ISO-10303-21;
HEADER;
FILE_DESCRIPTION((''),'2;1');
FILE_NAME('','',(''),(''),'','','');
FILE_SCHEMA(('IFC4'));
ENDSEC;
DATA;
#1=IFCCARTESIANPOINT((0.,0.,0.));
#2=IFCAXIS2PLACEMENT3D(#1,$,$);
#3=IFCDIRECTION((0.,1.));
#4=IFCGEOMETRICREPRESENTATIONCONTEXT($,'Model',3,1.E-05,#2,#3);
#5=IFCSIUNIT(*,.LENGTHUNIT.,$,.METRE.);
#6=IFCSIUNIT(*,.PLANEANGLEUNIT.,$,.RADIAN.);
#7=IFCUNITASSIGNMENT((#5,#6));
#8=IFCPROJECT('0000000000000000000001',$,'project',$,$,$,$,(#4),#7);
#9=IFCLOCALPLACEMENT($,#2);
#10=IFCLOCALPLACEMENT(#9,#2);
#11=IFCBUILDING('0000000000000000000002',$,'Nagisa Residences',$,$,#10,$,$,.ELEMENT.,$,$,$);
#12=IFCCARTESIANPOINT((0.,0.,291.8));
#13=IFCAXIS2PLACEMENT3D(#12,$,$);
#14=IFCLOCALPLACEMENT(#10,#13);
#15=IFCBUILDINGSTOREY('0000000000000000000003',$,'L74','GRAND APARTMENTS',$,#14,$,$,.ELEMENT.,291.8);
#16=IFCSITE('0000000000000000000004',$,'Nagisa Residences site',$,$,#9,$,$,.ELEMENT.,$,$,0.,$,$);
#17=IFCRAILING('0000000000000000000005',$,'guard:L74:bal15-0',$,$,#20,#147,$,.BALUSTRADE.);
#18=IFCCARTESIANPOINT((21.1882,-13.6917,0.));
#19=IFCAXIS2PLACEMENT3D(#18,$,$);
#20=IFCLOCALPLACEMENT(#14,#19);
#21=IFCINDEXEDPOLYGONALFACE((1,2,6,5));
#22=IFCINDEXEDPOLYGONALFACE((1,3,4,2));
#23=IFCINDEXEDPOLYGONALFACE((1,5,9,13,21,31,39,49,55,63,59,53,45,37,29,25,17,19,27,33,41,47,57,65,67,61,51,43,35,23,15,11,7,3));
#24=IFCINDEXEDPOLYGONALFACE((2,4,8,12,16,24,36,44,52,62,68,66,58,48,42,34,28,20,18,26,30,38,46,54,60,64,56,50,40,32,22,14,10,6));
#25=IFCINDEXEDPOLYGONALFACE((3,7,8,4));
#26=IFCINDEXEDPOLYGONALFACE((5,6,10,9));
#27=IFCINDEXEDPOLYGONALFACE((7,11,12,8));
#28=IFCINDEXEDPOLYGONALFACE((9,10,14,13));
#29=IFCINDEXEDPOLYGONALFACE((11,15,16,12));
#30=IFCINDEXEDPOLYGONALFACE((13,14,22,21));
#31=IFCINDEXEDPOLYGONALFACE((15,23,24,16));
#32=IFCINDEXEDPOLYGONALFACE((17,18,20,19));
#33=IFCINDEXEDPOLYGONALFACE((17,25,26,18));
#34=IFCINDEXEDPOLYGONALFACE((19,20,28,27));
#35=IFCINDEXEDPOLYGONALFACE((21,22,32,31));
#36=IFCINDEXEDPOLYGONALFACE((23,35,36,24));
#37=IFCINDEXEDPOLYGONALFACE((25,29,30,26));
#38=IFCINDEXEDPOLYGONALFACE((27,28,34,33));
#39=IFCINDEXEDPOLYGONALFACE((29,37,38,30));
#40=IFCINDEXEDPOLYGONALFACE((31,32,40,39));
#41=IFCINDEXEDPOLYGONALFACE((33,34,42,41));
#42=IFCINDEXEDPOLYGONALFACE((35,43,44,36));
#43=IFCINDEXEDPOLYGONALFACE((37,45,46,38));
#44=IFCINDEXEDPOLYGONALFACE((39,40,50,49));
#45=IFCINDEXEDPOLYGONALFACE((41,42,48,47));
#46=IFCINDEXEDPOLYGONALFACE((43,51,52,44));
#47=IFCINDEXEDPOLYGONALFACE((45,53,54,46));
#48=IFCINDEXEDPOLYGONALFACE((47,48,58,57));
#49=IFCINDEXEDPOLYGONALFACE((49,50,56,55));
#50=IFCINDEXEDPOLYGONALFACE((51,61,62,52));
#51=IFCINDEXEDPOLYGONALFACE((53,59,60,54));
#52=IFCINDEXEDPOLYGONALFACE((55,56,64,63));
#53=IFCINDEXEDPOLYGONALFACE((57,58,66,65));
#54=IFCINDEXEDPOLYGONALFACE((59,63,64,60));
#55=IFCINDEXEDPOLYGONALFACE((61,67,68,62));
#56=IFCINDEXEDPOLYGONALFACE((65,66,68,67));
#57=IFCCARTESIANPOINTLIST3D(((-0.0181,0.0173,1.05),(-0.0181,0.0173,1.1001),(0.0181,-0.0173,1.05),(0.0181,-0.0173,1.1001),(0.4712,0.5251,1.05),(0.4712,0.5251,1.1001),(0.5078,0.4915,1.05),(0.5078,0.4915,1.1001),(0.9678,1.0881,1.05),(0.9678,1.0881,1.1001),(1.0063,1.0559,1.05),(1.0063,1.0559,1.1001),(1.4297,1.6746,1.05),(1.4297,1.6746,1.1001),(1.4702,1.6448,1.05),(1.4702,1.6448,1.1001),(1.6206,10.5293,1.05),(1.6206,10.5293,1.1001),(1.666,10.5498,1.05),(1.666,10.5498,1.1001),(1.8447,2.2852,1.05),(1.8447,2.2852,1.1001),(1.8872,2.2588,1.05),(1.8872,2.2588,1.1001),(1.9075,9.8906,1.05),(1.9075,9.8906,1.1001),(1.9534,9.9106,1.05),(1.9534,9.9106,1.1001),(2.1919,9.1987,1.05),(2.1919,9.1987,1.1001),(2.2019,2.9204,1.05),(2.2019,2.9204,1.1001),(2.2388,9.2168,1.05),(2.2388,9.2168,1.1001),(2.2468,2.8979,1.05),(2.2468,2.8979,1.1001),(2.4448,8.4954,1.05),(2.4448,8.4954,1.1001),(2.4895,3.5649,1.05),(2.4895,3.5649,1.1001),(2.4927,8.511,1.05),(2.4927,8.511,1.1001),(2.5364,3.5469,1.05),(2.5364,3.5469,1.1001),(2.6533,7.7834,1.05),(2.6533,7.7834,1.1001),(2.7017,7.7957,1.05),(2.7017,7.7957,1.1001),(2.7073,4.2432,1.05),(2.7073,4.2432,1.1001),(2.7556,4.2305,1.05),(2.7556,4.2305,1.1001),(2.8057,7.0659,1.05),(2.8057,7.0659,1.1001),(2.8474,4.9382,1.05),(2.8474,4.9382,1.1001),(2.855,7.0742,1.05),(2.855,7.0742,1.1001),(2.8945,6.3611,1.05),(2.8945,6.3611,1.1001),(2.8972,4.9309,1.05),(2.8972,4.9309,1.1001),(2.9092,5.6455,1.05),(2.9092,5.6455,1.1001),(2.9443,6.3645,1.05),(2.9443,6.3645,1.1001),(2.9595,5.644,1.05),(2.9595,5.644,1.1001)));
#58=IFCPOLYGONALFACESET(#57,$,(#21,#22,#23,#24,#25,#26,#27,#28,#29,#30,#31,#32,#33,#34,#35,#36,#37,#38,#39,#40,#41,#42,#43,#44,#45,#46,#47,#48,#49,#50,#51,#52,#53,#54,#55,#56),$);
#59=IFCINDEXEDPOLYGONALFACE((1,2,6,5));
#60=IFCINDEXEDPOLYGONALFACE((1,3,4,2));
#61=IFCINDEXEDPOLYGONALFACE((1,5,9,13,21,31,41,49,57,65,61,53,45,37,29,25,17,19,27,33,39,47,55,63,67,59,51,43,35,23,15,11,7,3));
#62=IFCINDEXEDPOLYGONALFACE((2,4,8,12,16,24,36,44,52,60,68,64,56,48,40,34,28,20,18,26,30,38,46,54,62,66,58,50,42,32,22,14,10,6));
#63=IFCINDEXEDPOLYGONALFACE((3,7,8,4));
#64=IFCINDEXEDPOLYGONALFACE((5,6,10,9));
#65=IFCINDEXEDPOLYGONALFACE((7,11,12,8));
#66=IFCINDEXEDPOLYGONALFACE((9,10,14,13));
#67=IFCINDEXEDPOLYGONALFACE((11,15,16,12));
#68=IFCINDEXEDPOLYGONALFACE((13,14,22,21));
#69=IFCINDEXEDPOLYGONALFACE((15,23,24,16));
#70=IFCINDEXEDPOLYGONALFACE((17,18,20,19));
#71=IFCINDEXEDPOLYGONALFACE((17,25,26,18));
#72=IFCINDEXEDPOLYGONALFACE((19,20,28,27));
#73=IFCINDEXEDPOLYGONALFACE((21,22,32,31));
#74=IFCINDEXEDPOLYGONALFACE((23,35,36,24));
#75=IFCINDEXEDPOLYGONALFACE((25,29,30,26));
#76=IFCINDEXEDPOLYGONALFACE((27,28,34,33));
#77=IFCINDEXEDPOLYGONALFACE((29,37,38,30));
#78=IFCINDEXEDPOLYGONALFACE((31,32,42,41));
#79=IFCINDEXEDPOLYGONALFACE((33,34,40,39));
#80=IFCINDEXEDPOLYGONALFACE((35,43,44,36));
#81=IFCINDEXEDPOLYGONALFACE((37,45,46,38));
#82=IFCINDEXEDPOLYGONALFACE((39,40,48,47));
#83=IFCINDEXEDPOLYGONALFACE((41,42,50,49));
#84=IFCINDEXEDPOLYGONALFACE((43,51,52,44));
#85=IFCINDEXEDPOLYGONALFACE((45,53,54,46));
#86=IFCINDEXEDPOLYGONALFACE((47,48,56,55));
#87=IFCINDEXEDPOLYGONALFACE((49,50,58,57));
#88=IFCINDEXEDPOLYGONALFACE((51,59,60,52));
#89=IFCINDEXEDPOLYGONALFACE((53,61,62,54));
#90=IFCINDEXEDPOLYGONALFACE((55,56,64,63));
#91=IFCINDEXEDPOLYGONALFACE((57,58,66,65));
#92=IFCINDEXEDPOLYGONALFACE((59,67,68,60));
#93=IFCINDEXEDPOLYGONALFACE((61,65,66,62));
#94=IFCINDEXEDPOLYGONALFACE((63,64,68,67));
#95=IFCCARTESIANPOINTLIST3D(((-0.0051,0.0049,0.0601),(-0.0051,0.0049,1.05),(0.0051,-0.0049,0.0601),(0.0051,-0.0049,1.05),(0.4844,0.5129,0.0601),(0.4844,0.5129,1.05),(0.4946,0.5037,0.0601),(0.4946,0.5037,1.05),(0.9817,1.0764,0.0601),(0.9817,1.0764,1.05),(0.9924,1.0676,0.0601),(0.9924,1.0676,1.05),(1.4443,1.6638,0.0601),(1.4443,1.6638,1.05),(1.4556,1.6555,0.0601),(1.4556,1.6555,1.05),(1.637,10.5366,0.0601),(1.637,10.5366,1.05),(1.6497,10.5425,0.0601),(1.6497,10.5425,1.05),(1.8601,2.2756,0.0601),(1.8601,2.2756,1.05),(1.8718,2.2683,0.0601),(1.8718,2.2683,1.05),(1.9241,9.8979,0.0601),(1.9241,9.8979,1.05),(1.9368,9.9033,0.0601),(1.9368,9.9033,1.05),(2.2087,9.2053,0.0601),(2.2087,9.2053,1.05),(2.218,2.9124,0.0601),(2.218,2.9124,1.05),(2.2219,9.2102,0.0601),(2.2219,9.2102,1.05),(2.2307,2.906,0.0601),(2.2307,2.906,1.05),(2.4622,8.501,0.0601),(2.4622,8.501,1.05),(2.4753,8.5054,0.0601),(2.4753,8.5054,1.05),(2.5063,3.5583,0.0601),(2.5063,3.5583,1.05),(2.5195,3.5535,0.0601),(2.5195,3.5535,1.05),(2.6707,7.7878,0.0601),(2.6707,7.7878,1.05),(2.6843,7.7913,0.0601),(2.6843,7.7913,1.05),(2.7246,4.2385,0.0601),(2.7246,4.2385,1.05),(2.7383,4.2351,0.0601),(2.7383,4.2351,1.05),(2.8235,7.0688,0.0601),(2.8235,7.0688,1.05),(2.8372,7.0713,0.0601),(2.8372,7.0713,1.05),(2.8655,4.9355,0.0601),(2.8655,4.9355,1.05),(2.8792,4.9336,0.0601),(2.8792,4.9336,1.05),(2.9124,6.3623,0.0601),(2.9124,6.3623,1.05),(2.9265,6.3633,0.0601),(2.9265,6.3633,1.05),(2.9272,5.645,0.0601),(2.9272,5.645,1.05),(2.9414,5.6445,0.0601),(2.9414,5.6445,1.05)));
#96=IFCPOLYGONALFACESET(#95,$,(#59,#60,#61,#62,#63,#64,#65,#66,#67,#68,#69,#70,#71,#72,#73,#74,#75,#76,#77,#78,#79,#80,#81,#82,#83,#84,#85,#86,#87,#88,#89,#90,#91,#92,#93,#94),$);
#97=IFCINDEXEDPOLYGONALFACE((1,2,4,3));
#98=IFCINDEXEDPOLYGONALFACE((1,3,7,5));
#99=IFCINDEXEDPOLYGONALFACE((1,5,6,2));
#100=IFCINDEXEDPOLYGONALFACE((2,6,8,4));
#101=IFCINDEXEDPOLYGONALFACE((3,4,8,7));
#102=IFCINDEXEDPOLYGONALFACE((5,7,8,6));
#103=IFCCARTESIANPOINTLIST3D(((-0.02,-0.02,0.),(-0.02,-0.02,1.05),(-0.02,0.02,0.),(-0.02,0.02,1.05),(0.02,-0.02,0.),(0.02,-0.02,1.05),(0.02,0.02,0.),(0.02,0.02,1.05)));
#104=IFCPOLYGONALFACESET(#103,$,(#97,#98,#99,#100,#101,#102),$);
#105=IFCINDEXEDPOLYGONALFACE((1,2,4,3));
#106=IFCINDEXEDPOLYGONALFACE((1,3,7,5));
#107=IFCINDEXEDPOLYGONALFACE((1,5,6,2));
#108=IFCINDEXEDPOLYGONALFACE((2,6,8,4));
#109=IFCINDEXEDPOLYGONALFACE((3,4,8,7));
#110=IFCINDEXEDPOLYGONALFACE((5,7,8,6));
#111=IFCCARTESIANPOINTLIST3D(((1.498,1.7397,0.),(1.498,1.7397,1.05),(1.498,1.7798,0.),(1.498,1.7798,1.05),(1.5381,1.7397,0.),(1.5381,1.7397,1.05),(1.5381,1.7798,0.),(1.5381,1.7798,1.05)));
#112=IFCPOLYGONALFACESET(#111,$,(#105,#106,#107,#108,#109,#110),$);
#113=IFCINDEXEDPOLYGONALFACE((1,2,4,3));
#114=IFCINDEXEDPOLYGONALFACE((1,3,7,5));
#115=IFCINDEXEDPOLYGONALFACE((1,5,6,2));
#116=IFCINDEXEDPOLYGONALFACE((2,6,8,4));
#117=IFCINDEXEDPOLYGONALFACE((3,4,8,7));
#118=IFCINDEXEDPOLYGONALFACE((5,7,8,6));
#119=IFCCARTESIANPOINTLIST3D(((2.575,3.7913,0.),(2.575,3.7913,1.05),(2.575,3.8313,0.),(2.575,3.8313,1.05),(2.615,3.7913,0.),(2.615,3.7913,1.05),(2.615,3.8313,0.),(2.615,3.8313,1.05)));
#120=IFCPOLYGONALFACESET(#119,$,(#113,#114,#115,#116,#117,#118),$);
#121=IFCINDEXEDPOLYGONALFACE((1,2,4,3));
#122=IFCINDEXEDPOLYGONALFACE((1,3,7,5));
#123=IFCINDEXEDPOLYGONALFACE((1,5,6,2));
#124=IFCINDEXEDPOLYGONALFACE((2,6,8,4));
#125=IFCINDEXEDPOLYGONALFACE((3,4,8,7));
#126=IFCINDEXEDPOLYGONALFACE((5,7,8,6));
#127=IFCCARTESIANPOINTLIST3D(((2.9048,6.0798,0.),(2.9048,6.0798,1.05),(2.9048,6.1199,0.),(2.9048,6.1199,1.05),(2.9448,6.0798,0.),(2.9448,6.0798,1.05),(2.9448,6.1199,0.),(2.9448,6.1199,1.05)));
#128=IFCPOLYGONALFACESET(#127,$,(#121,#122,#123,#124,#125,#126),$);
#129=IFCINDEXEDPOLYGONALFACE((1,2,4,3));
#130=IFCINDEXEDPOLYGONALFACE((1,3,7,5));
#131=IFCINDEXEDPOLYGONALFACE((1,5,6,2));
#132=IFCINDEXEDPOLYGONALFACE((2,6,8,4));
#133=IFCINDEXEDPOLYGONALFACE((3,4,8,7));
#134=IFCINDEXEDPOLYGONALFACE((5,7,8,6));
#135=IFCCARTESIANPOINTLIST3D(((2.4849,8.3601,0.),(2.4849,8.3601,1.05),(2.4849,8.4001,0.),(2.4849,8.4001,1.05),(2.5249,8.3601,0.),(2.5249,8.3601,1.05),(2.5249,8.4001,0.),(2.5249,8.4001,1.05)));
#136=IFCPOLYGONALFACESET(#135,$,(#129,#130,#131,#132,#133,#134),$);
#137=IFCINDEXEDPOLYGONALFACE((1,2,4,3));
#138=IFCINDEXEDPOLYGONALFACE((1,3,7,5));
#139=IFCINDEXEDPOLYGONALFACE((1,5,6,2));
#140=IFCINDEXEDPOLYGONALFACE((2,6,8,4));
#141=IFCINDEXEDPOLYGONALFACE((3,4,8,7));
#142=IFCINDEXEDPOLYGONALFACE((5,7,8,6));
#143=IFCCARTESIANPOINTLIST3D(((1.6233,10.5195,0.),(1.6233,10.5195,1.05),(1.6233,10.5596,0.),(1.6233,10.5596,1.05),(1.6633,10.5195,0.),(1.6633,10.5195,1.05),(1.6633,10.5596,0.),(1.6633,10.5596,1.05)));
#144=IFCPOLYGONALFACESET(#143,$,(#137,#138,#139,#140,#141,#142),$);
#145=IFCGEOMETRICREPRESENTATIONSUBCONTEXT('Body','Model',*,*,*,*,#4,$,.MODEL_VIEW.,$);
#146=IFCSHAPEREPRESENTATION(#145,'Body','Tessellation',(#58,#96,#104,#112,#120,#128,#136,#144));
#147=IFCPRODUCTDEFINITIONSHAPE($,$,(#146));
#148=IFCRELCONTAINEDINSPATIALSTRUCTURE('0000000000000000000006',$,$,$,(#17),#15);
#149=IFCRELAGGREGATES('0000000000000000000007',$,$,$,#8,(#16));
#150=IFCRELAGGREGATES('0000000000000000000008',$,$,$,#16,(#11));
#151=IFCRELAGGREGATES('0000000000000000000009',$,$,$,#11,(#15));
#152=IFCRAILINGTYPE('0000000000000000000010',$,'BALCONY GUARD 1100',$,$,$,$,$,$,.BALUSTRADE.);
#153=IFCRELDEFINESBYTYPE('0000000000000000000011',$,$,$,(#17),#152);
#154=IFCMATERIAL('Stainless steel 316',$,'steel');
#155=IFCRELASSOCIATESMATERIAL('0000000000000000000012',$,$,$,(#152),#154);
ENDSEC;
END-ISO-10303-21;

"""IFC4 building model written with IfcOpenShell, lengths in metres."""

from ifc_helpers import new_model, si_unit, direction, frame, origin, origin_2d, place, context, subcontext, project, spatial, polyline, rectangle, outline, extrude, material, type_object, element, save


model = new_model("IFC4")

# Units and contexts
model_context = context("Model", 3, precision=1e-05, world=origin(), true_north=direction((0.0, 1.0)))
body_context = subcontext(model_context, "Body", "Model", "MODEL_VIEW")
ifc_project = project(units=[si_unit("LENGTHUNIT", "METRE"), si_unit("PLANEANGLEUNIT", "RADIAN")], contexts=[model_context])

# Site, building, storey
site_placement = place(None, origin())
site = spatial("IfcSite", under=ifc_project, at=site_placement, Name="Nagisa Residences site", CompositionType="ELEMENT", RefElevation=0.0)
building_placement = place(site_placement, origin())
building = spatial("IfcBuilding", under=site, at=building_placement, Name="Nagisa Residences", CompositionType="ELEMENT")
storey_placement = place(building_placement, frame((0.0, 0.0, 291.8)))
storey = spatial("IfcBuildingStorey", under=building, at=storey_placement, Name="L74", Description="GRAND APARTMENTS", CompositionType="ELEMENT", Elevation=291.8)

# Railing
ifc_material_1 = material(Name="Stainless steel 316", Category="steel")
railing_type = type_object("IfcRailingType", Name="BALCONY GUARD 1100", PredefinedType="BALUSTRADE", material=ifc_material_1)
railing_1_placement = place(storey_placement, frame((21.1882, -13.6917, 0.0)))
element("IfcRailing", 1, at=railing_1_placement, inside=storey, type_object=railing_type, Name="guard:L74:bal15-0", PredefinedType="BALUSTRADE", context=body_context, shape_type="SweptSolid", body=[
    extrude(outline(polyline([(0.4712, 0.5251), (-0.0181, 0.0173), (0.0181, -0.0173), (0.5078, 0.4915), (1.0063, 1.0559), (1.4702, 1.6448), (1.8872, 2.2588), (2.2468, 2.8979), (2.5364, 3.5469), (2.7556, 4.2305), (2.8972, 4.9309), (2.9595, 5.644), (2.9443, 6.3645), (2.855, 7.0742), (2.7017, 7.7957), (2.4927, 8.511), (2.2388, 9.2168), (1.9534, 9.9106), (1.666, 10.5498), (1.6206, 10.5293), (1.9075, 9.8906), (2.1919, 9.1987), (2.4448, 8.4954), (2.6533, 7.7834), (2.8057, 7.0659), (2.8945, 6.3611), (2.9092, 5.6455), (2.8474, 4.9382), (2.7073, 4.2432), (2.4895, 3.5649), (2.2019, 2.9204), (1.8447, 2.2852), (1.4297, 1.6746), (0.9678, 1.0881), (0.4712, 0.5251)])), frame((0.0, 0.0, 1.05)), (0.0, 0.0, 1.0), 0.05),
    extrude(outline(polyline([(0.4844, 0.5129), (-0.0051, 0.0049), (0.0051, -0.0049), (0.4946, 0.5037), (0.9924, 1.0676), (1.4556, 1.6555), (1.8718, 2.2683), (2.2307, 2.906), (2.5195, 3.5535), (2.7383, 4.2351), (2.8792, 4.9336), (2.9414, 5.6445), (2.9265, 6.3633), (2.8372, 7.0713), (2.6843, 7.7913), (2.4753, 8.5054), (2.2219, 9.2102), (1.9368, 9.9033), (1.6497, 10.5425), (1.637, 10.5366), (1.9241, 9.8979), (2.2087, 9.2053), (2.4622, 8.501), (2.6707, 7.7878), (2.8235, 7.0688), (2.9124, 6.3623), (2.9272, 5.645), (2.8655, 4.9355), (2.7246, 4.2385), (2.5063, 3.5583), (2.218, 2.9124), (1.8601, 2.2756), (1.4443, 1.6638), (0.9817, 1.0764), (0.4844, 0.5129)])), frame((0.0, 0.0, 0.0601)), (0.0, 0.0, 1.0), 0.99),
    extrude(rectangle(XDim=0.04, YDim=0.04, at=origin_2d()), origin(), (0.0, 0.0, 1.0), 1.05),
    extrude(rectangle(XDim=0.04, YDim=0.04, at=origin_2d()), frame((1.5181, 1.7598, 0.0)), (0.0, 0.0, 1.0), 1.05),
    extrude(rectangle(XDim=0.04, YDim=0.04, at=origin_2d()), frame((2.595, 3.8113, 0.0)), (0.0, 0.0, 1.0), 1.05),
    extrude(rectangle(XDim=0.04, YDim=0.04, at=origin_2d()), frame((2.9248, 6.0999, 0.0)), (0.0, 0.0, 1.0), 1.05),
    extrude(rectangle(XDim=0.04, YDim=0.04, at=origin_2d()), frame((2.5049, 8.3801, 0.0)), (0.0, 0.0, 1.0), 1.05),
    extrude(rectangle(XDim=0.04, YDim=0.04, at=origin_2d()), frame((1.6433, 10.5396, 0.0)), (0.0, 0.0, 1.0), 1.05),
])

save(model, "model.ifc")
